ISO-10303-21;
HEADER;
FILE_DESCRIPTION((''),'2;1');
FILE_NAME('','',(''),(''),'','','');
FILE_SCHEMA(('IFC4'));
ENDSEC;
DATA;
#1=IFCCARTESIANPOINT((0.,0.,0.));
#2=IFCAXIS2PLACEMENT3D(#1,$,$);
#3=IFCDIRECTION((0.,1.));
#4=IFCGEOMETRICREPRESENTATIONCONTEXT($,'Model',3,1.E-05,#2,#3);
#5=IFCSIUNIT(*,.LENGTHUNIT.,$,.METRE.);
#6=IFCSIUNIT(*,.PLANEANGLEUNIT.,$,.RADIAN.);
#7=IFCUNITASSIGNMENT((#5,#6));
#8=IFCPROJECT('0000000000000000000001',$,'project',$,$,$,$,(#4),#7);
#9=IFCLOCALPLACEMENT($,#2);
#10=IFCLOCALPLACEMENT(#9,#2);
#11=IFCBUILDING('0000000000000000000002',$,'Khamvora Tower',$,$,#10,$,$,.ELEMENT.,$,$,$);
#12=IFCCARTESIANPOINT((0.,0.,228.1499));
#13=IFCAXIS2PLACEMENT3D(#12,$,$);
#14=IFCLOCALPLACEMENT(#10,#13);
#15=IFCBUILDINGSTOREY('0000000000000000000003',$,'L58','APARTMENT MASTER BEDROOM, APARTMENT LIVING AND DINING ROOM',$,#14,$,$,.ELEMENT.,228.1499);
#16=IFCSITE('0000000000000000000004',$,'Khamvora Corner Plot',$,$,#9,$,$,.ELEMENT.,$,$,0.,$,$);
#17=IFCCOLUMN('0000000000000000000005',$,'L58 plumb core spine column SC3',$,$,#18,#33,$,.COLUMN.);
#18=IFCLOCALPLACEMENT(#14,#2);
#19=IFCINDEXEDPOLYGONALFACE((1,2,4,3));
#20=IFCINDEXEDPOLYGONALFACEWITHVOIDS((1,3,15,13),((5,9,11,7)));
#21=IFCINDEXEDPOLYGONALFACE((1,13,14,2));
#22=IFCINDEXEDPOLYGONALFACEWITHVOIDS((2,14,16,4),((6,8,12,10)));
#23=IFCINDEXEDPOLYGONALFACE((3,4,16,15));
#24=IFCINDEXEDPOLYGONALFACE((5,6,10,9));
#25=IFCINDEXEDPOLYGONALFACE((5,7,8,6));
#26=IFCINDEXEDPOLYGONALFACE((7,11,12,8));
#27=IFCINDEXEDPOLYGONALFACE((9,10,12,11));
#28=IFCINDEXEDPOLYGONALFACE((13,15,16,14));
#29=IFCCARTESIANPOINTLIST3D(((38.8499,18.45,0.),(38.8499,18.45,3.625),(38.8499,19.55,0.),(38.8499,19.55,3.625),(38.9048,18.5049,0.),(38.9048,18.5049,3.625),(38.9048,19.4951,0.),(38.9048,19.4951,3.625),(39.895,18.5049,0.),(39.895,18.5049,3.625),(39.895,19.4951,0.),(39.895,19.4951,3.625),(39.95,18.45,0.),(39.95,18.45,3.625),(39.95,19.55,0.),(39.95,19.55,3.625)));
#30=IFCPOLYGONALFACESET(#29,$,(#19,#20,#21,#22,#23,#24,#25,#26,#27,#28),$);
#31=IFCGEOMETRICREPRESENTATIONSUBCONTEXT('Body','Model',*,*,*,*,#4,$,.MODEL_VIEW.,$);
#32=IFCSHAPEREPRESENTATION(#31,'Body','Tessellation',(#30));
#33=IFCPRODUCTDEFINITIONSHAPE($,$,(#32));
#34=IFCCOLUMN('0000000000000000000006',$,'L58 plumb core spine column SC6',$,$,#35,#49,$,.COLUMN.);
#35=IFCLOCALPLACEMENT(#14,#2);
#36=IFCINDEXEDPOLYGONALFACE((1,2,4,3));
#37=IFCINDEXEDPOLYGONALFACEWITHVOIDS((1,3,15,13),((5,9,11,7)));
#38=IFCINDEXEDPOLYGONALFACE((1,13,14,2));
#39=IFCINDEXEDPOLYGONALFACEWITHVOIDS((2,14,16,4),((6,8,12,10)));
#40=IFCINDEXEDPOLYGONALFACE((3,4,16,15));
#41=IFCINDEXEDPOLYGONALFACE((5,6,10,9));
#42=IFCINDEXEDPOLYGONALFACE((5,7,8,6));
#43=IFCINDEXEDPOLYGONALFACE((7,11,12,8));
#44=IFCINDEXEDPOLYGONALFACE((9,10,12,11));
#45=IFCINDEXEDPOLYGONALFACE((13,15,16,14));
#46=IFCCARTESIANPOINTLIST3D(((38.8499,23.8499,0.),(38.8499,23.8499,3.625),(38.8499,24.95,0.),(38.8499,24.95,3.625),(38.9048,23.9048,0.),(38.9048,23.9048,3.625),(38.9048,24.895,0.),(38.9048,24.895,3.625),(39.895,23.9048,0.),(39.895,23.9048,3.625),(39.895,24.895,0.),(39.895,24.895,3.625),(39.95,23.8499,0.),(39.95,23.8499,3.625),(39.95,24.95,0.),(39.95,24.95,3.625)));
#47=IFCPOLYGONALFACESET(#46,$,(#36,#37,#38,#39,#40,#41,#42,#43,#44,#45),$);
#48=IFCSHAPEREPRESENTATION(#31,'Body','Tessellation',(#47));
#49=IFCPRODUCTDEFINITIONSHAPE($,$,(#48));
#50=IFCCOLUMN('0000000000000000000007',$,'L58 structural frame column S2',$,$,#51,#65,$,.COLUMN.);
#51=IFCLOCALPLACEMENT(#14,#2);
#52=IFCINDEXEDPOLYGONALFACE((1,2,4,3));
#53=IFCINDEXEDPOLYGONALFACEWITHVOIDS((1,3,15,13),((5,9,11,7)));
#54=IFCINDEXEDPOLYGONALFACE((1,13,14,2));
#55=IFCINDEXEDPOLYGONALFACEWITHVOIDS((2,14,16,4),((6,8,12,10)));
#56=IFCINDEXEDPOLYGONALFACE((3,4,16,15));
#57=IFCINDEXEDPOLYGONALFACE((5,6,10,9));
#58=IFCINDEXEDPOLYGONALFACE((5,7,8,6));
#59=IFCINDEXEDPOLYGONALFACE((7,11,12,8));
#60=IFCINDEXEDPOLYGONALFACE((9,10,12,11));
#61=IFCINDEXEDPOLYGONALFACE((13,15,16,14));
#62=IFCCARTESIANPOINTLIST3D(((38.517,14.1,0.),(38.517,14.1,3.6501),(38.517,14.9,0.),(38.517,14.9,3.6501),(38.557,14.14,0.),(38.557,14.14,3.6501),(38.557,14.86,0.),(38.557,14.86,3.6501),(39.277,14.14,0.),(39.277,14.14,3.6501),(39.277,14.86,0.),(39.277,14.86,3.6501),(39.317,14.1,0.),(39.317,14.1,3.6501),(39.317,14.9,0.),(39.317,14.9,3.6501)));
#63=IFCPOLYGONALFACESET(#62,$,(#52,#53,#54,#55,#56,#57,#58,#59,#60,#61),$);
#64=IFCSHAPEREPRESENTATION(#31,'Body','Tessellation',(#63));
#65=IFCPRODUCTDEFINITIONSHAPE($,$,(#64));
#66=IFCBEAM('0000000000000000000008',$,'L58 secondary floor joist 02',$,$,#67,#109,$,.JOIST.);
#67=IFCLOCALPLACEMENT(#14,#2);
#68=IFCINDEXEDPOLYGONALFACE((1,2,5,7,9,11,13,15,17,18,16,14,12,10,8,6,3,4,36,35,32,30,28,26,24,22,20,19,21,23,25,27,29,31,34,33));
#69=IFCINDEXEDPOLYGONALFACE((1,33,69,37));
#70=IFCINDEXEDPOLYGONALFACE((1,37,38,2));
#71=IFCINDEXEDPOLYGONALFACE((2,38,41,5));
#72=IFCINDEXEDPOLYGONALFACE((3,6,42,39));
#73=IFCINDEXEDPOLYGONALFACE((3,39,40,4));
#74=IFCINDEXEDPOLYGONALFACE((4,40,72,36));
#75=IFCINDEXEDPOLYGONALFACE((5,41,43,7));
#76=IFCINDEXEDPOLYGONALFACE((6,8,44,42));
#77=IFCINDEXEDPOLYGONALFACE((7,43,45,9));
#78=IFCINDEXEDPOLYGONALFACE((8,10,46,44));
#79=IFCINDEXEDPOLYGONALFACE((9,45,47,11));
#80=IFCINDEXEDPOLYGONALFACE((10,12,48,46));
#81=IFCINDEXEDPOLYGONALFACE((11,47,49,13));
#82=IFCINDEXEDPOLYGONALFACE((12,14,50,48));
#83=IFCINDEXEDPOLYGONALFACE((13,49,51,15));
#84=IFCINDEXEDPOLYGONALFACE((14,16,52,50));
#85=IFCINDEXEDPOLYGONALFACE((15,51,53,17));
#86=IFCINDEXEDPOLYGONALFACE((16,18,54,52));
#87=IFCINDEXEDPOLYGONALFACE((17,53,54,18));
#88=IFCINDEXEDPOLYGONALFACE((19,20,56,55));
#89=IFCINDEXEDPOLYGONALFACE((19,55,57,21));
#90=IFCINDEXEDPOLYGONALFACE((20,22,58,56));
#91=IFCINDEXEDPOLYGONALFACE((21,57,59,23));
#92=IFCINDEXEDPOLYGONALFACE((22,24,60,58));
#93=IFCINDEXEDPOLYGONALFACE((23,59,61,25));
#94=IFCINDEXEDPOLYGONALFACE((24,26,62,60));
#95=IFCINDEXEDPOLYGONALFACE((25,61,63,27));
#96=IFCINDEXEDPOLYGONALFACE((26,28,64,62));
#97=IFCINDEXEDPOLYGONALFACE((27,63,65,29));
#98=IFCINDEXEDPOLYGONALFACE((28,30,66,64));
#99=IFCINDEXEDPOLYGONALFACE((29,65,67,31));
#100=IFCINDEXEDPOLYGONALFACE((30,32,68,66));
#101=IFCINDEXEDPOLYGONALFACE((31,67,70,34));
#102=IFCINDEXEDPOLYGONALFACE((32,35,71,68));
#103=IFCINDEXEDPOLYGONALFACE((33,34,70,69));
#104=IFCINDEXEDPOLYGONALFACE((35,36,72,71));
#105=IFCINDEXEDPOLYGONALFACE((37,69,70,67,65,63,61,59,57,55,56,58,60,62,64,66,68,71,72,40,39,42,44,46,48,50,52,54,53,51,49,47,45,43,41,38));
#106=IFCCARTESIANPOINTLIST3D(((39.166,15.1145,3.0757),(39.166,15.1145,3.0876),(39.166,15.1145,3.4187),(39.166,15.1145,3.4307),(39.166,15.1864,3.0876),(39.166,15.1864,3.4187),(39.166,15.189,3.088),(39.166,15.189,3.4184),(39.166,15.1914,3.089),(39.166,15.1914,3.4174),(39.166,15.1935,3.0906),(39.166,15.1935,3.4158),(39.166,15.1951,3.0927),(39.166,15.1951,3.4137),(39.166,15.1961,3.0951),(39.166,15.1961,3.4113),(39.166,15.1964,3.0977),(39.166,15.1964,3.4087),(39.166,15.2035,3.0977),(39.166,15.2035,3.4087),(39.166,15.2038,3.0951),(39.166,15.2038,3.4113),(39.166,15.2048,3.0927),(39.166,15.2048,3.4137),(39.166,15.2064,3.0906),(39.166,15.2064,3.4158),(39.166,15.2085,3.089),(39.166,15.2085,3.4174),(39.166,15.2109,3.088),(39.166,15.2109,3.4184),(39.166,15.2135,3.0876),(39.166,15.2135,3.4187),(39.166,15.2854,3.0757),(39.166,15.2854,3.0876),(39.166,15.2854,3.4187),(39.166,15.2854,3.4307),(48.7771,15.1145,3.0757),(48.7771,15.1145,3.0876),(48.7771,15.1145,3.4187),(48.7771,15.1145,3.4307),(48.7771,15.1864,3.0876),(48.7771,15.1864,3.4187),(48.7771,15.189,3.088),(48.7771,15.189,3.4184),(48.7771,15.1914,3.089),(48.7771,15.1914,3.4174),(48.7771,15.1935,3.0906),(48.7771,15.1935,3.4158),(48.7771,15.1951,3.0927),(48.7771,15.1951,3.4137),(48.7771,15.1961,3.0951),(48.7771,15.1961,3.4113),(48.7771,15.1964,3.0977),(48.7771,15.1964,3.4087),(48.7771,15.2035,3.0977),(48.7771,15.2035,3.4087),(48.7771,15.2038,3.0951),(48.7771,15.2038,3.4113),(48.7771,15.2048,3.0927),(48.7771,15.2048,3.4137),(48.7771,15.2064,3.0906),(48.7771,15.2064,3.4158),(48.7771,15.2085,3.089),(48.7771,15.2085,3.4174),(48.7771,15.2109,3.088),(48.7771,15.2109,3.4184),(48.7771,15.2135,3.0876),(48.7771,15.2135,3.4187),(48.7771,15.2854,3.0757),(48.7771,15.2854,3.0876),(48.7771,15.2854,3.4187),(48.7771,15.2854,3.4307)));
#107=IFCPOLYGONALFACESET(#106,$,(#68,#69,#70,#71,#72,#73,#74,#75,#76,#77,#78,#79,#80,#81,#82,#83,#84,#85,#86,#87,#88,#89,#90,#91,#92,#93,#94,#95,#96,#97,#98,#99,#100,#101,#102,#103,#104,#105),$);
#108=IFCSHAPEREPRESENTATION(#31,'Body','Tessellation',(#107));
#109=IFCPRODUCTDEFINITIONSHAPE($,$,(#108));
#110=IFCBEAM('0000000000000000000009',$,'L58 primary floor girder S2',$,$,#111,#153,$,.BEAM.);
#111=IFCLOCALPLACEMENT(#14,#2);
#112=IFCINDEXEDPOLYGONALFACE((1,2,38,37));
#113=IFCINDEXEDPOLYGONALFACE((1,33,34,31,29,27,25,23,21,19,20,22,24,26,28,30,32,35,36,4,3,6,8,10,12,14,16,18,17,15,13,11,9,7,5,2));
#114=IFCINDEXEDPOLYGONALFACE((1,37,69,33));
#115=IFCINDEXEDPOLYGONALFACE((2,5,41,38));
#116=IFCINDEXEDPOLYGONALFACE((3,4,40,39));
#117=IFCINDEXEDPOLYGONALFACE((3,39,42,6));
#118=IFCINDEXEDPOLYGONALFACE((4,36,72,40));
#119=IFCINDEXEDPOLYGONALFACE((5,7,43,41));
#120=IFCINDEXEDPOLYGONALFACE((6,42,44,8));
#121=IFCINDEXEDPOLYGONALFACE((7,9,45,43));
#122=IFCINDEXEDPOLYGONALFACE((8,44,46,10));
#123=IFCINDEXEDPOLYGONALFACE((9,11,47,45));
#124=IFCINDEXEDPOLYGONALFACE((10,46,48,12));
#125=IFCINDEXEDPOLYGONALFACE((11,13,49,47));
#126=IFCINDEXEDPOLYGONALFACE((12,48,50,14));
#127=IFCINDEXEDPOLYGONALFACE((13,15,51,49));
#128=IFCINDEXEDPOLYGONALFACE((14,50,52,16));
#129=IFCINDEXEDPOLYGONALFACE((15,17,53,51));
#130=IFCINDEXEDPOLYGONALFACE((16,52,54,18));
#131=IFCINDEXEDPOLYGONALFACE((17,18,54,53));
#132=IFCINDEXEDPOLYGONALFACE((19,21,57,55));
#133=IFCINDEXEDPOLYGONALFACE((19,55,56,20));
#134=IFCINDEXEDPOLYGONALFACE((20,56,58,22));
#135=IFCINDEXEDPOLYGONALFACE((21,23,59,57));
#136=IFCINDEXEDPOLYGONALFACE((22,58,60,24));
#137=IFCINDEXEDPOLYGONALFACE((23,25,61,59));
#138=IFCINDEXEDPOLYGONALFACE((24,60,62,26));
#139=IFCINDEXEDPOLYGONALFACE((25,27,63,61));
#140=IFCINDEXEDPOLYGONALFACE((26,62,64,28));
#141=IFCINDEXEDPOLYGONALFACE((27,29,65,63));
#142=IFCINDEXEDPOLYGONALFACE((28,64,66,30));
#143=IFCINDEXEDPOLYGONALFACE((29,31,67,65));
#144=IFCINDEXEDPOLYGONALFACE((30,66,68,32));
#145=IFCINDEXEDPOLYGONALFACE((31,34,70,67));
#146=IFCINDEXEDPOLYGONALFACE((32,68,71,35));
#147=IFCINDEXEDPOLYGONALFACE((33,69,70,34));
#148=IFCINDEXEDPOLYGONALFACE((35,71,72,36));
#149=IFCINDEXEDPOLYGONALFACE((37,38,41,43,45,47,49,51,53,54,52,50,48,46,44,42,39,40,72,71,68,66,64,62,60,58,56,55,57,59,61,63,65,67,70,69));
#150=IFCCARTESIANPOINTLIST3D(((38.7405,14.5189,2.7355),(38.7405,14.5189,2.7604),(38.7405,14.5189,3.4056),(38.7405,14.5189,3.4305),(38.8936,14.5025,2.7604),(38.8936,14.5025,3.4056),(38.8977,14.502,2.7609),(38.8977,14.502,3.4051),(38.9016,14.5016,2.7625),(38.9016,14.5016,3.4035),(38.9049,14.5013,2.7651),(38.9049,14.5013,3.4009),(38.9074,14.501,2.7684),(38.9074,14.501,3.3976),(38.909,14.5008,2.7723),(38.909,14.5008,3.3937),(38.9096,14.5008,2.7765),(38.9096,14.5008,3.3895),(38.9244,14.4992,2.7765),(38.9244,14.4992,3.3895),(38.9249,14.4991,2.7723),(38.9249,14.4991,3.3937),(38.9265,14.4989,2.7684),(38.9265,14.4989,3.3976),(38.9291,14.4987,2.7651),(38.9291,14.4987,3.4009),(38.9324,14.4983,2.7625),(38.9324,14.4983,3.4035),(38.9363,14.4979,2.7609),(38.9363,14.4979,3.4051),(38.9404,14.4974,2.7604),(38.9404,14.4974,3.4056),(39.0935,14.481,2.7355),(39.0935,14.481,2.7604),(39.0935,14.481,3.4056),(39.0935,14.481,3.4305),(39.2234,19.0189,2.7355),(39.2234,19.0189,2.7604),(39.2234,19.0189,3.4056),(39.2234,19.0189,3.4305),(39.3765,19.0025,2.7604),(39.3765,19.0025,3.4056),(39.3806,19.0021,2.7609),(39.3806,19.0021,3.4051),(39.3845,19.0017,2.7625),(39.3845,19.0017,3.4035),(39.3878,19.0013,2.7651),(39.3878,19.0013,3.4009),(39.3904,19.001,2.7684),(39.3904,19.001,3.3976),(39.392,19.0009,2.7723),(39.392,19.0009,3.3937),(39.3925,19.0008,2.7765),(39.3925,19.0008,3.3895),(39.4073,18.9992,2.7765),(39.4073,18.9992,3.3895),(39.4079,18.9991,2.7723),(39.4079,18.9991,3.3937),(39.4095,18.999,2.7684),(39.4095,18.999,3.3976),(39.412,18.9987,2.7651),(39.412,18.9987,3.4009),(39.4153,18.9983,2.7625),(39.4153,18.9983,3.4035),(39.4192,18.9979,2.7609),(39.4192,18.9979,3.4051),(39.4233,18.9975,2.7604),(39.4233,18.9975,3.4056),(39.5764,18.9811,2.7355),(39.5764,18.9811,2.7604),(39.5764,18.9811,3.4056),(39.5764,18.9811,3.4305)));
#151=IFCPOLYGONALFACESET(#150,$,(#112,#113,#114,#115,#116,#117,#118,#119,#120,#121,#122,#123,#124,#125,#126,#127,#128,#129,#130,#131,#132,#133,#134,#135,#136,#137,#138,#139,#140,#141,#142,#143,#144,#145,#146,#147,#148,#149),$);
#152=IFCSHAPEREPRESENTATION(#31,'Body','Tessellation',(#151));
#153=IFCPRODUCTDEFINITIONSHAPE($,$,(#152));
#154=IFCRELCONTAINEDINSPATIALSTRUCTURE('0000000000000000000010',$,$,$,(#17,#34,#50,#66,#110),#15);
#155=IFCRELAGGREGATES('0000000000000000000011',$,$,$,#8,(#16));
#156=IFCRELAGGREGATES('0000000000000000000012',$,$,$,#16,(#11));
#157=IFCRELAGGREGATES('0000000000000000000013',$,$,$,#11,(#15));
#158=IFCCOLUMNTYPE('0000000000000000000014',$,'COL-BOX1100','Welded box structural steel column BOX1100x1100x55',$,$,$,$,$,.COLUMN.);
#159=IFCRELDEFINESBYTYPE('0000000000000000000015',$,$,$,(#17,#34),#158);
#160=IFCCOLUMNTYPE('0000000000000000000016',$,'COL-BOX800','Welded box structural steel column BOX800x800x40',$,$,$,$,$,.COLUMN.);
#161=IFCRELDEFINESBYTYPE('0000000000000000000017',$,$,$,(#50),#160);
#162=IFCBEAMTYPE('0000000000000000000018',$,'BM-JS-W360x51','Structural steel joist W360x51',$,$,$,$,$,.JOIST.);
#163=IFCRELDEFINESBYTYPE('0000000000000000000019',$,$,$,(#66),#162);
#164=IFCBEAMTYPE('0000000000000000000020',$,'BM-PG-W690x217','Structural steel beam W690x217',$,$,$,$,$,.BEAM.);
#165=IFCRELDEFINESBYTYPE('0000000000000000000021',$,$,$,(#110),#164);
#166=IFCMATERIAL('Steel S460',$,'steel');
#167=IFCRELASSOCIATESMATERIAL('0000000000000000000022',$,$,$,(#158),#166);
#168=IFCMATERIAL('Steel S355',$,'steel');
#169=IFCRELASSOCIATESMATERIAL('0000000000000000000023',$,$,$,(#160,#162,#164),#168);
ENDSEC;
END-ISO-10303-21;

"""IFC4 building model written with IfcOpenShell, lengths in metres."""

from ifc_helpers import new_model, si_unit, direction, frame, origin, origin_2d, place, context, subcontext, project, spatial, hollow_rectangle, i_section, extrude, material, material_profile, profile_set, type_object, element, save


model = new_model("IFC4")

# Units and contexts
model_context = context("Model", 3, precision=1e-05, world=origin(), true_north=direction((0.0, 1.0)))
body_context = subcontext(model_context, "Body", "Model", "MODEL_VIEW")
ifc_project = project(units=[si_unit("LENGTHUNIT", "METRE"), si_unit("PLANEANGLEUNIT", "RADIAN")], contexts=[model_context])

# Site, building, storey
site_placement = place(None, origin())
site = spatial("IfcSite", under=ifc_project, at=site_placement, Name="Khamvora Corner Plot", CompositionType="ELEMENT", RefElevation=0.0)
building_placement = place(site_placement, origin())
building = spatial("IfcBuilding", under=site, at=building_placement, Name="Khamvora Tower", CompositionType="ELEMENT")
storey_placement = place(building_placement, frame((0.0, 0.0, 228.1499)))
storey = spatial("IfcBuildingStorey", under=building, at=storey_placement, Name="L58", Description="APARTMENT MASTER BEDROOM, APARTMENT LIVING AND DINING ROOM", CompositionType="ELEMENT", Elevation=228.1499)

# Columns
ifc_material_1 = material(Name="Steel S460", Category="steel")
ifc_material_profile_1 = material_profile(ifc_material_1, hollow_rectangle(XDim=1.1001, YDim=1.1001, WallThickness=0.0549, at=origin_2d()), Name="BOX1100x1100x55")
ifc_profile_set_1 = profile_set([ifc_material_profile_1], Name="Steel S460")
column_type_1 = type_object("IfcColumnType", Name="COL-BOX1100", Description="Welded box structural steel column BOX1100x1100x55", PredefinedType="COLUMN", material=ifc_profile_set_1)
for number, where, z_axis, x_axis, name in (
    (1, (39.3999, 19.0, 0.0), (0.0, 0.0, 1.0), (1.0, 0.0, 0.0), "L58 plumb core spine column SC3"),
    (2, (39.3999, 24.3999, 0.0), (0.0, 0.0, 1.0), (1.0, 0.0, 0.0), "L58 plumb core spine column SC6"),
):
    element("IfcColumn", number, at=place(storey_placement, frame(where, z_axis=z_axis, x_axis=x_axis)), inside=storey, type_object=column_type_1, Name=name, PredefinedType="COLUMN", context=body_context, shape_type="SweptSolid", body=[
        extrude(hollow_rectangle(XDim=1.1001, YDim=1.1001, WallThickness=0.0549, at=origin_2d()), origin(), (0.0, 0.0, 1.0), 3.625),
    ])
ifc_material_2 = material(Name="Steel S355", Category="steel")
ifc_material_profile_2 = material_profile(ifc_material_2, hollow_rectangle(XDim=0.8, YDim=0.8, WallThickness=0.04, at=origin_2d()), Name="BOX800x800x40")
ifc_profile_set_2 = profile_set([ifc_material_profile_2], Name="Steel S355")
column_type_2 = type_object("IfcColumnType", Name="COL-BOX800", Description="Welded box structural steel column BOX800x800x40", PredefinedType="COLUMN", material=ifc_profile_set_2)
column_placement = place(storey_placement, frame((38.917, 14.5, 0.0), z_axis=(0.0, 0.0, 1.0), x_axis=(1.0, 0.0, 0.0)))
element("IfcColumn", 3, at=column_placement, inside=storey, type_object=column_type_2, Name="L58 structural frame column S2", PredefinedType="COLUMN", context=body_context, shape_type="SweptSolid", body=[
    extrude(hollow_rectangle(XDim=0.8, YDim=0.8, WallThickness=0.04, at=origin_2d()), origin(), (0.0, 0.0, 1.0), 3.6501),
])

# Beams
ifc_material_profile_3 = material_profile(ifc_material_2, i_section(OverallWidth=0.1709, OverallDepth=0.355, WebThickness=0.0071, FlangeThickness=0.012, FilletRadius=0.01, at=origin_2d()), Name="W360x51")
ifc_profile_set_3 = profile_set([ifc_material_profile_3], Name="Steel S355")
beam_type_1 = type_object("IfcBeamType", Name="BM-JS-W360x51", Description="Structural steel joist W360x51", PredefinedType="JOIST", material=ifc_profile_set_3)
beam_1_placement = place(storey_placement, frame((39.166, 15.2, 3.2532), z_axis=(1.0, 0.0, 0.0), x_axis=(0.0, 1.0, 0.0)))
element("IfcBeam", 4, at=beam_1_placement, inside=storey, type_object=beam_type_1, Name="L58 secondary floor joist 02", PredefinedType="JOIST", context=body_context, shape_type="SweptSolid", body=[
    extrude(i_section(OverallWidth=0.1709, OverallDepth=0.355, WebThickness=0.0071, FlangeThickness=0.012, FilletRadius=0.01, at=origin_2d()), origin(), (0.0, 0.0, 1.0), 9.6111),
])
ifc_material_profile_4 = material_profile(ifc_material_2, i_section(OverallWidth=0.355, OverallDepth=0.6951, WebThickness=0.0149, FlangeThickness=0.0249, FilletRadius=0.0161, at=origin_2d()), Name="W690x217")
ifc_profile_set_4 = profile_set([ifc_material_profile_4], Name="Steel S355")
beam_type_2 = type_object("IfcBeamType", Name="BM-PG-W690x217", Description="Structural steel beam W690x217", PredefinedType="BEAM", material=ifc_profile_set_4)
beam_2_placement = place(storey_placement, frame((39.3999, 19.0, 3.083), z_axis=(-0.106701, -0.994291, 0.0), x_axis=(0.994291, -0.106701, 0.0)))
element("IfcBeam", 5, at=beam_2_placement, inside=storey, type_object=beam_type_2, Name="L58 primary floor girder S2", PredefinedType="BEAM", context=body_context, shape_type="SweptSolid", body=[
    extrude(i_section(OverallWidth=0.355, OverallDepth=0.6951, WebThickness=0.0149, FlangeThickness=0.0249, FilletRadius=0.0161, at=origin_2d()), origin(), (0.0, 0.0, 1.0), 4.5259),
])

save(model, "model.ifc")
